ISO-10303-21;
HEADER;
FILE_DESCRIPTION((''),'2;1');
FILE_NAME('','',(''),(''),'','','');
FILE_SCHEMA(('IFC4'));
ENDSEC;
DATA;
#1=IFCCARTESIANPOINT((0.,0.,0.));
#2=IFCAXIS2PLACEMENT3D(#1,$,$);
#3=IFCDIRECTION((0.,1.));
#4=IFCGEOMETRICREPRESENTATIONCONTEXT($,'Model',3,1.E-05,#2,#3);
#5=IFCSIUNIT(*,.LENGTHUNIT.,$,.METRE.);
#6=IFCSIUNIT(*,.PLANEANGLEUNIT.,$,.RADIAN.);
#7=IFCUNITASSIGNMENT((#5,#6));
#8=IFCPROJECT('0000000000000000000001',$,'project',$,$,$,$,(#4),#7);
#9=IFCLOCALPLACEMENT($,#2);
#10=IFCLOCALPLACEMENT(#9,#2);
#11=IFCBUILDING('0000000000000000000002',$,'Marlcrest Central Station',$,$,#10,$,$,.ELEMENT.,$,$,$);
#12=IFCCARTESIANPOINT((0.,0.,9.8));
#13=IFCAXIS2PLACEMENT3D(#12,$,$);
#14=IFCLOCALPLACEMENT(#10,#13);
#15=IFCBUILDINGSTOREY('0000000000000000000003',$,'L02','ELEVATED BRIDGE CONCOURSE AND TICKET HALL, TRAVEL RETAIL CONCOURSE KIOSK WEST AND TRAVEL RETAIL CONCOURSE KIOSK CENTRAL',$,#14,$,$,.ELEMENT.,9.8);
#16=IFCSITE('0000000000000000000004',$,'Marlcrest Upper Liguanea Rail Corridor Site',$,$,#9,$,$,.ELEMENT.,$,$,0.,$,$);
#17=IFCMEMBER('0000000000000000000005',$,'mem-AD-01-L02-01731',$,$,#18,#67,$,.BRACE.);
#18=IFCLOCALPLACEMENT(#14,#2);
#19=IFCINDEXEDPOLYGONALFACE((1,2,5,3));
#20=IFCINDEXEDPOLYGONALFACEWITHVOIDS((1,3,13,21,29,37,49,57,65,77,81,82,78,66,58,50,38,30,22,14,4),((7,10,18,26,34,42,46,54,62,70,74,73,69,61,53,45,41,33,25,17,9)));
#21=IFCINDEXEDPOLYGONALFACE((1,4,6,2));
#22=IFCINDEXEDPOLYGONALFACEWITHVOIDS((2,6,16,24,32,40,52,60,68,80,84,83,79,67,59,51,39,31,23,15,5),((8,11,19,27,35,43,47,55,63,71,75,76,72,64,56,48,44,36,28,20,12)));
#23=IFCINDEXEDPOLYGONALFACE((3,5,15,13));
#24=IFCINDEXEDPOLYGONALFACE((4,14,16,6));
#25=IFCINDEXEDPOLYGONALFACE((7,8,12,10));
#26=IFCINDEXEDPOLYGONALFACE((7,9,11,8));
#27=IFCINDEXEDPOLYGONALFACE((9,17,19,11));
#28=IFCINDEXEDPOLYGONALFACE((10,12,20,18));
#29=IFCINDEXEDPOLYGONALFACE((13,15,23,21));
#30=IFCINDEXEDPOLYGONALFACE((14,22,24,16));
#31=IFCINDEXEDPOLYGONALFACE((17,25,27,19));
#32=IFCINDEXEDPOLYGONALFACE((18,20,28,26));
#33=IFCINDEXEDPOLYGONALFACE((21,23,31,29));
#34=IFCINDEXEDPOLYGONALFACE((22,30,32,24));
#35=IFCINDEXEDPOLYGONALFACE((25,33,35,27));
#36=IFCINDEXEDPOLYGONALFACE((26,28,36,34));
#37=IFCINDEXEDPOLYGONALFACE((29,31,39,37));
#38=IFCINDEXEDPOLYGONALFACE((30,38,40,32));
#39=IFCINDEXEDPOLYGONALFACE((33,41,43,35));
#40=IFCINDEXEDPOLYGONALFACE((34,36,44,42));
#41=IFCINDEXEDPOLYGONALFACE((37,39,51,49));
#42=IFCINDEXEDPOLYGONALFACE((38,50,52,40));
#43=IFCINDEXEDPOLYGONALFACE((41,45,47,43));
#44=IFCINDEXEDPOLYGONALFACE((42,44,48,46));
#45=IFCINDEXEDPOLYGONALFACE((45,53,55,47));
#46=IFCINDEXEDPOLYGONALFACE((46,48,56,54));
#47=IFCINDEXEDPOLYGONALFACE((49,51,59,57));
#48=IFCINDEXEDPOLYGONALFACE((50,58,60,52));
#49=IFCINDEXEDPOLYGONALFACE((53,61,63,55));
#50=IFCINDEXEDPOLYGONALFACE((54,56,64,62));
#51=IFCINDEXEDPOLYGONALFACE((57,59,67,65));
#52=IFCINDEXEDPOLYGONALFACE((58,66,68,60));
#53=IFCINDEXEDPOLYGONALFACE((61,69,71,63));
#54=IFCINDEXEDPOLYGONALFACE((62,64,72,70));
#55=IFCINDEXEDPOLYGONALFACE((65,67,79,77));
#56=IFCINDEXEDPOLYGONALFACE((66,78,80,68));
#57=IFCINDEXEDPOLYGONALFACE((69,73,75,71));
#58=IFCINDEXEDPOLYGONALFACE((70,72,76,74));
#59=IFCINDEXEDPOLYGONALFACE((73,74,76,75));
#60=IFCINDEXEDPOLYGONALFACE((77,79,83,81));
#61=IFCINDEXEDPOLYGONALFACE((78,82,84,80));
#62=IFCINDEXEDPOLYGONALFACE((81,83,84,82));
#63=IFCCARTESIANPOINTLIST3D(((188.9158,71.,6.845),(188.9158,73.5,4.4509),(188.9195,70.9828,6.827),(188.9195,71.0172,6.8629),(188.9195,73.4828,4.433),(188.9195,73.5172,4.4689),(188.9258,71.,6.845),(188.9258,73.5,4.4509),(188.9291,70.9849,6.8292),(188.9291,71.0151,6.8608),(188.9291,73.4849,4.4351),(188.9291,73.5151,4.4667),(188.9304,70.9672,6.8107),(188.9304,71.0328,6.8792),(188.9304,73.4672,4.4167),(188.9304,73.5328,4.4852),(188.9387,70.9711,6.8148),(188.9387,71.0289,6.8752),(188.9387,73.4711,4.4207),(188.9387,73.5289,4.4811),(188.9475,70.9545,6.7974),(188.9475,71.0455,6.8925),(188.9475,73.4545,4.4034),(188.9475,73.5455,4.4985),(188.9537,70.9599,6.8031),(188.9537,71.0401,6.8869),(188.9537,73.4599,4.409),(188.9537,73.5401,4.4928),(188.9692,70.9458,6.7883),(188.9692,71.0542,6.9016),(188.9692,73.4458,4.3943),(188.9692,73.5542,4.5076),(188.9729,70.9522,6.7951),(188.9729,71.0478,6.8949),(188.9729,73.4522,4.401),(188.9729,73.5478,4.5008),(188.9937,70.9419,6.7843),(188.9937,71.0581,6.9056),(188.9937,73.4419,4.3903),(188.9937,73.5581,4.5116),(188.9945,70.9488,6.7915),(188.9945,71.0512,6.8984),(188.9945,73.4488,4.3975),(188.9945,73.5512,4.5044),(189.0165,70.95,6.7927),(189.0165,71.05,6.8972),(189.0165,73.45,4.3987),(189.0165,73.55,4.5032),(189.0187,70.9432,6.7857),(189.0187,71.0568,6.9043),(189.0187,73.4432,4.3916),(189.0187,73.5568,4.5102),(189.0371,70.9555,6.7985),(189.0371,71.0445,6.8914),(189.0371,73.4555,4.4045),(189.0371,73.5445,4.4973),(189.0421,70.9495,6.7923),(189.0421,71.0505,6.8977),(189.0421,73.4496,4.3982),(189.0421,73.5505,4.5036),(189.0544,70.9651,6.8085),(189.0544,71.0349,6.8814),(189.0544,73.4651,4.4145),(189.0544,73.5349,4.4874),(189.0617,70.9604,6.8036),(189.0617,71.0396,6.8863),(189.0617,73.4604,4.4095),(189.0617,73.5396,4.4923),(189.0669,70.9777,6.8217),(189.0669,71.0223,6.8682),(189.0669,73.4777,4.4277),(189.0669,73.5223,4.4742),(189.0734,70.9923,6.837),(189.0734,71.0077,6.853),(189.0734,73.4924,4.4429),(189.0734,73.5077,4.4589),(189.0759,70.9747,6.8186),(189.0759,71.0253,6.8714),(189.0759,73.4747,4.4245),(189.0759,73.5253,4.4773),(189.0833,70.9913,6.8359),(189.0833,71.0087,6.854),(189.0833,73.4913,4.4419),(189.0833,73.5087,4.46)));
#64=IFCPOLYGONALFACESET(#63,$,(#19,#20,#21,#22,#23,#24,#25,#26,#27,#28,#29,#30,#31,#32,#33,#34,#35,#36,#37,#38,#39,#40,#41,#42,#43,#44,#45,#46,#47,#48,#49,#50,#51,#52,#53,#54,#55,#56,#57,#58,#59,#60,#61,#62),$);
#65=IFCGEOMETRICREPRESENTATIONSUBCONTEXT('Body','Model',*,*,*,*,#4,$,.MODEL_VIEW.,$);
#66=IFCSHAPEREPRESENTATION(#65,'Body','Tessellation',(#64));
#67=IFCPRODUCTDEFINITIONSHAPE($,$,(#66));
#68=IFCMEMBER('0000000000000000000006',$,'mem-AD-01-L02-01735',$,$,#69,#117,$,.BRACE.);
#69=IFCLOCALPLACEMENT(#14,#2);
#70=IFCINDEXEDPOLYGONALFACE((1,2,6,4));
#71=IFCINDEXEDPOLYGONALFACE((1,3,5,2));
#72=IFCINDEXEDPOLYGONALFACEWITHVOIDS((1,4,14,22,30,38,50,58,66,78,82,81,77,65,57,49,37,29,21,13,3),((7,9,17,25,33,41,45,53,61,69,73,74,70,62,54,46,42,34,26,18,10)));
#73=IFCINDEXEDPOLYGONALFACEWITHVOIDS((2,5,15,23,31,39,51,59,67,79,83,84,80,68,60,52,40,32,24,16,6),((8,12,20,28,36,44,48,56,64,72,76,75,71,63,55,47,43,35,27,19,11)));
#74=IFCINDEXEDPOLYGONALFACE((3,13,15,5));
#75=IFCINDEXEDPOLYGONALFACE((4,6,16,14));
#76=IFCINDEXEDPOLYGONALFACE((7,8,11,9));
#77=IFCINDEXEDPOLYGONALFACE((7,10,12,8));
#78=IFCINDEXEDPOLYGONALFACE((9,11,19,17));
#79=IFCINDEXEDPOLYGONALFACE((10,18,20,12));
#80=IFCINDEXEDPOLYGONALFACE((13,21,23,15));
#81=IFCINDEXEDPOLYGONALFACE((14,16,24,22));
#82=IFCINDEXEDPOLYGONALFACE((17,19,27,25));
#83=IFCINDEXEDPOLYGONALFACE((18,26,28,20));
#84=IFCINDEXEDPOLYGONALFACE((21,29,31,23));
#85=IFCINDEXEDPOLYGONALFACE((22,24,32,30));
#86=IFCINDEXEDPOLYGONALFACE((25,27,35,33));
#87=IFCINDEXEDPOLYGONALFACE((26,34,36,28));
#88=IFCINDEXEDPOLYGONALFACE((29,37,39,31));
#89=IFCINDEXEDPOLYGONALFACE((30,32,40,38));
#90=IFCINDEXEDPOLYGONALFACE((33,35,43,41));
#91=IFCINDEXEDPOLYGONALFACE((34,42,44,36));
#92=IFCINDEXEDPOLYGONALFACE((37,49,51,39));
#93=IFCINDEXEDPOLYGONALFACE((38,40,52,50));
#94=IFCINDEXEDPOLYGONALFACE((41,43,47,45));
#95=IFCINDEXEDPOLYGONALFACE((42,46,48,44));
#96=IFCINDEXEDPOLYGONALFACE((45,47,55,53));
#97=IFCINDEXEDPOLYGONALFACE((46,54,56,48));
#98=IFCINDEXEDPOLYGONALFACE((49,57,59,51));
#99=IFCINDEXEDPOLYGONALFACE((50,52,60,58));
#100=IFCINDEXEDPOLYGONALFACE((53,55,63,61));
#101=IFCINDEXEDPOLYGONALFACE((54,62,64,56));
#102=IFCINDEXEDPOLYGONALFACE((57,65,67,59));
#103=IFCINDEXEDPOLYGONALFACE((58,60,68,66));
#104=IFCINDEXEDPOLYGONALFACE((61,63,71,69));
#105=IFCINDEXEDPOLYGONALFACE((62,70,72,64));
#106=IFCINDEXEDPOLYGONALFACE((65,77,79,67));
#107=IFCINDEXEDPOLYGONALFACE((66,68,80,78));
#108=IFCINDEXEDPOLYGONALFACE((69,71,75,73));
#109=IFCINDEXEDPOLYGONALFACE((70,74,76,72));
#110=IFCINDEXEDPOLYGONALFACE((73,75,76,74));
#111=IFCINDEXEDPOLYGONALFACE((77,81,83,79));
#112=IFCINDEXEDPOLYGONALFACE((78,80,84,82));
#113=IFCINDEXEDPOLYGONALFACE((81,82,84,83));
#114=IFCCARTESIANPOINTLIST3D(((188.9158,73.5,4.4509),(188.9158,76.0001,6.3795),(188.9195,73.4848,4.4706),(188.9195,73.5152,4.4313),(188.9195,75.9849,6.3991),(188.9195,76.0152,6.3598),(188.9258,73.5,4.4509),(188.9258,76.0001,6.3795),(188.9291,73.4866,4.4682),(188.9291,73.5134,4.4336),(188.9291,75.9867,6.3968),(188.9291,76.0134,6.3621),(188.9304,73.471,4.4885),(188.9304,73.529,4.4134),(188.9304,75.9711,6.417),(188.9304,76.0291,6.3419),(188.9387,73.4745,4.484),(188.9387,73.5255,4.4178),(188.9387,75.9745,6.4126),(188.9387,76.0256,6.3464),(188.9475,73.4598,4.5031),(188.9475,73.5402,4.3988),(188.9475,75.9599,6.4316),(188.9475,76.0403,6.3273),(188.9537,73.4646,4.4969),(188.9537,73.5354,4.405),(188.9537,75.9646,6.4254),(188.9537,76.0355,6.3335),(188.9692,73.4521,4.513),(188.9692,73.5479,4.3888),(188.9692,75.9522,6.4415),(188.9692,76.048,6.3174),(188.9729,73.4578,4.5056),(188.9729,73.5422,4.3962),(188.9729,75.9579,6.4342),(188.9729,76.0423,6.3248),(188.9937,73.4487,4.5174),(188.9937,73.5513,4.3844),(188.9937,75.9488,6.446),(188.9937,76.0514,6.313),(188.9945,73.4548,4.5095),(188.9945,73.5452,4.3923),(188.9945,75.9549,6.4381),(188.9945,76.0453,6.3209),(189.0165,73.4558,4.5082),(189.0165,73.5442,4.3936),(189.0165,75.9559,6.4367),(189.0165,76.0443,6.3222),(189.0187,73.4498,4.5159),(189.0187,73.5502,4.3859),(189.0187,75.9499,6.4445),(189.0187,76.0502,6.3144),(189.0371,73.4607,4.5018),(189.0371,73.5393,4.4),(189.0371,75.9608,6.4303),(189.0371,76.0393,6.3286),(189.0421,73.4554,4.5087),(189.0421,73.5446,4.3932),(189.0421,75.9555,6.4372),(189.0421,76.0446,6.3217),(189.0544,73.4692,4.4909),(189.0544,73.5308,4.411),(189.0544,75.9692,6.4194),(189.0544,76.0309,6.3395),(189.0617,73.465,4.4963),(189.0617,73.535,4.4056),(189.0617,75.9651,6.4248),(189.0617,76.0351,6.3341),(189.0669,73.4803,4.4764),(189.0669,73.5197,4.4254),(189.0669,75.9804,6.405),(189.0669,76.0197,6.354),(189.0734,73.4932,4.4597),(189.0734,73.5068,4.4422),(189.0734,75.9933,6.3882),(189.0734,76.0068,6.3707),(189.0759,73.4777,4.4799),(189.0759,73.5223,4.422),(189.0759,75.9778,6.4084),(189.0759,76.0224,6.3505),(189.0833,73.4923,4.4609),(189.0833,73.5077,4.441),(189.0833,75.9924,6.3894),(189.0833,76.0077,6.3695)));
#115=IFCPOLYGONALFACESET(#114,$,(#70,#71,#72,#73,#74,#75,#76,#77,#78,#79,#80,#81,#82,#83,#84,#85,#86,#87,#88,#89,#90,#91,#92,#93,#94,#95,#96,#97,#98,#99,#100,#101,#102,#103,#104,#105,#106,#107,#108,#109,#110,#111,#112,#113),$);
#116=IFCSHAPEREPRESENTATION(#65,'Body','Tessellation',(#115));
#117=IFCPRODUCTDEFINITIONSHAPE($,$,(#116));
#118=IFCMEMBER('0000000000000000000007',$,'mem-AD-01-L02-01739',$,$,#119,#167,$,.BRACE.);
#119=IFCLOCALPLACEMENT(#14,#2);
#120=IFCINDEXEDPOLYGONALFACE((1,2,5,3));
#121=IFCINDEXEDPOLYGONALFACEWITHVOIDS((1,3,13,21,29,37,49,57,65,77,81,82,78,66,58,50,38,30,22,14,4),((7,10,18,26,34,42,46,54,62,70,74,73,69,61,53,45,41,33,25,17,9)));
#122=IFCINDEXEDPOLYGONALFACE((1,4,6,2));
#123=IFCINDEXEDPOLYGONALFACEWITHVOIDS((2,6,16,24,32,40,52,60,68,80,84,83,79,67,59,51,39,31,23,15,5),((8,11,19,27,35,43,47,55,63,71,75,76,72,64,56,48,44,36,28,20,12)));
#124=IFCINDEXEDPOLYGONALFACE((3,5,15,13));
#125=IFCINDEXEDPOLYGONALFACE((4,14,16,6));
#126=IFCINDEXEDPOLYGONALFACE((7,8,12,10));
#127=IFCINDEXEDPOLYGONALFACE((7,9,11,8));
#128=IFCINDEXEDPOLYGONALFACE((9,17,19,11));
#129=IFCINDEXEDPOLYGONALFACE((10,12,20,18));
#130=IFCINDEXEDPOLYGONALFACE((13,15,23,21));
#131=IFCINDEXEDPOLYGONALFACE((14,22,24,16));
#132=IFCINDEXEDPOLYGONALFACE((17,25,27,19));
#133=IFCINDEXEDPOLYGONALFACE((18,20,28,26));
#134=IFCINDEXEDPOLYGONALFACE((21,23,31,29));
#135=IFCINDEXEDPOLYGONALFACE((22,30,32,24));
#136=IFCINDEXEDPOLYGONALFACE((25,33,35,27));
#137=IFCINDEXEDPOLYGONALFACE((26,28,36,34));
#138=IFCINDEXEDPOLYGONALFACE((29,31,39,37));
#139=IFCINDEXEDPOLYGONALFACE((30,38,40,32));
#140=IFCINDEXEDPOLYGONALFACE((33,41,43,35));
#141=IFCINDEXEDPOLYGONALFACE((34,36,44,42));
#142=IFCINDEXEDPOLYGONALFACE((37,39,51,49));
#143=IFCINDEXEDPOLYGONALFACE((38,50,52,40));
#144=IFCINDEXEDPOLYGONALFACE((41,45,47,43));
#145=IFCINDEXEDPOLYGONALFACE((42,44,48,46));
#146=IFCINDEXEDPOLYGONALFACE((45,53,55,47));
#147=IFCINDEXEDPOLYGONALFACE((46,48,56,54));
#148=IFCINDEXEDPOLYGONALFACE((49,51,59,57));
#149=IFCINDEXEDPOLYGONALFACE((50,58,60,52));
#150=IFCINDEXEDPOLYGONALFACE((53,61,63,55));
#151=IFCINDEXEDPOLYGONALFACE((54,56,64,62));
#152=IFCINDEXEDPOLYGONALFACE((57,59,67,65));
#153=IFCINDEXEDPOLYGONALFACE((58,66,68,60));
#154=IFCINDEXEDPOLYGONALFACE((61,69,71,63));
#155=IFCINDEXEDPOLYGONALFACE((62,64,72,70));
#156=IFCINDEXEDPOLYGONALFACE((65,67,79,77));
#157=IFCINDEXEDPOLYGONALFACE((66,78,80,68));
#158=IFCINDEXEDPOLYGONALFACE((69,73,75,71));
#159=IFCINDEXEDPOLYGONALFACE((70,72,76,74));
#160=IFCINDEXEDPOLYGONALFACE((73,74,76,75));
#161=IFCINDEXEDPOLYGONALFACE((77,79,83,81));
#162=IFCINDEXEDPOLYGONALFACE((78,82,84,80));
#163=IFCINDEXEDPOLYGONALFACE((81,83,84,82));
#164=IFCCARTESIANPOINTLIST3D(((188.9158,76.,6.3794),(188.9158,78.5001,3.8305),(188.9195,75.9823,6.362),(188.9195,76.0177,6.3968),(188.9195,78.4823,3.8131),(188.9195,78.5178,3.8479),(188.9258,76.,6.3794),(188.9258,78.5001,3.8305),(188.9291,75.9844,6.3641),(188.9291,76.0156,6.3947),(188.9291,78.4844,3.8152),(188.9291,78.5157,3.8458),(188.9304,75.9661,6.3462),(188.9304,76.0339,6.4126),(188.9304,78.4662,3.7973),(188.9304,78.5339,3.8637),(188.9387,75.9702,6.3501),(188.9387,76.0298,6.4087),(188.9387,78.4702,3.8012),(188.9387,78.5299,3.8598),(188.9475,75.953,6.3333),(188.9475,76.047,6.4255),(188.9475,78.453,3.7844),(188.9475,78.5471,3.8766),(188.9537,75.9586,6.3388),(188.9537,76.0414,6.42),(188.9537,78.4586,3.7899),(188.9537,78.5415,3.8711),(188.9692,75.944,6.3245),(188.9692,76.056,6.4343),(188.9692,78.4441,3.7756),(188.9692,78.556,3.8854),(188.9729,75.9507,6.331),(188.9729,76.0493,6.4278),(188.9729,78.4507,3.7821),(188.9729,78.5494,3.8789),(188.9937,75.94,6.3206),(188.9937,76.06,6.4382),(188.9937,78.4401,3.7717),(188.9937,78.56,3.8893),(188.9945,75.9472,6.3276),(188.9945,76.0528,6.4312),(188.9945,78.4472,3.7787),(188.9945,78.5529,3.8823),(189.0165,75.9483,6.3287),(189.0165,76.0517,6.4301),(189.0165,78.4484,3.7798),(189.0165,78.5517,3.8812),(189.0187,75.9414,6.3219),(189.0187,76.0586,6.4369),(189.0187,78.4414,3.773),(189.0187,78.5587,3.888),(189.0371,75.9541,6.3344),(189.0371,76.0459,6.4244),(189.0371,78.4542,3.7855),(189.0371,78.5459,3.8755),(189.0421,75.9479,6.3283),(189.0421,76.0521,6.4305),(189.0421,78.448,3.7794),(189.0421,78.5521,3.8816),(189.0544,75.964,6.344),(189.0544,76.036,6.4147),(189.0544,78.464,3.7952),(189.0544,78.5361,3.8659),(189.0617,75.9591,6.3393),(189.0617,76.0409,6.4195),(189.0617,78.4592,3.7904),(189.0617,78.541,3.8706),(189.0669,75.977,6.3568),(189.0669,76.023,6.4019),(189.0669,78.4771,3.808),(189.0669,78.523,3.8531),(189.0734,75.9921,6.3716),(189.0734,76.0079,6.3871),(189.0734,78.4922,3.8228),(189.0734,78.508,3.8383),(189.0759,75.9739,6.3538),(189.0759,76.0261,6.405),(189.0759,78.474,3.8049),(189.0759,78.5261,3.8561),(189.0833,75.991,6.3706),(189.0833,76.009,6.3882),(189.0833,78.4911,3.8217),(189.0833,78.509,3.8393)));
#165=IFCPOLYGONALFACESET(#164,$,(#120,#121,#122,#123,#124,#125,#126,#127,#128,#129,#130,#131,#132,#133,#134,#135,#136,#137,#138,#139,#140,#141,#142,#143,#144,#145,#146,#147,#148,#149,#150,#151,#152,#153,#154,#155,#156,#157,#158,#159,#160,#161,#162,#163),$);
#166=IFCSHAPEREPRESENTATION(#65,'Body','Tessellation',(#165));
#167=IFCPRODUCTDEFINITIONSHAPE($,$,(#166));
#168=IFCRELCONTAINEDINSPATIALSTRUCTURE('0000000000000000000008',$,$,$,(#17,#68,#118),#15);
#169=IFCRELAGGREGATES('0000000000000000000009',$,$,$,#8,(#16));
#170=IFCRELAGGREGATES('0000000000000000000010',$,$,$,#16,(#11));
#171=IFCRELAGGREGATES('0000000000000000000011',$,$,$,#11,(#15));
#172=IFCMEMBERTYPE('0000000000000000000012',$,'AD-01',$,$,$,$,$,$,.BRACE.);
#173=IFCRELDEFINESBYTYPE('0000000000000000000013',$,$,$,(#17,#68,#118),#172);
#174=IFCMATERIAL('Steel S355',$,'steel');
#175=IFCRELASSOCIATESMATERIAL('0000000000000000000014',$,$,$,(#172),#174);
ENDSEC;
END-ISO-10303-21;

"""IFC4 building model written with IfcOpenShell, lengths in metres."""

from ifc_helpers import new_model, si_unit, direction, frame, origin, origin_2d, place, context, subcontext, project, spatial, hollow_circle, extrude, material, material_profile, profile_set, type_object, element, save


model = new_model("IFC4")

# Units and contexts
model_context = context("Model", 3, precision=1e-05, world=origin(), true_north=direction((0.0, 1.0)))
body_context = subcontext(model_context, "Body", "Model", "MODEL_VIEW")
ifc_project = project(units=[si_unit("LENGTHUNIT", "METRE"), si_unit("PLANEANGLEUNIT", "RADIAN")], contexts=[model_context])

# Site, building, storey
site_placement = place(None, origin())
site = spatial("IfcSite", under=ifc_project, at=site_placement, Name="Marlcrest Upper Liguanea Rail Corridor Site", CompositionType="ELEMENT", RefElevation=0.0)
building_placement = place(site_placement, origin())
building = spatial("IfcBuilding", under=site, at=building_placement, Name="Marlcrest Central Station", CompositionType="ELEMENT")
storey_placement = place(building_placement, frame((0.0, 0.0, 9.8)))
storey = spatial("IfcBuildingStorey", under=building, at=storey_placement, Name="L02", Description="ELEVATED BRIDGE CONCOURSE AND TICKET HALL, TRAVEL RETAIL CONCOURSE KIOSK WEST AND TRAVEL RETAIL CONCOURSE KIOSK CENTRAL", CompositionType="ELEMENT", Elevation=9.8)

# Members
ifc_material = material(Name="Steel S355", Category="steel")
ifc_material_profile_1 = material_profile(ifc_material, hollow_circle(Radius=0.0842, WallThickness=0.01, at=origin_2d()), Name="CHS 168.3x10")
ifc_profile_set_1 = profile_set([ifc_material_profile_1], Name="Steel S355")
member_type_1 = type_object("IfcMemberType", Name="AD-01", PredefinedType="BRACE", material=ifc_profile_set_1)
member_1_placement = place(storey_placement, frame((189.0, 71.0, 6.845), z_axis=(0.0, 0.722247, -0.691636), x_axis=(-1.0, 0.0, 0.0)))
element("IfcMember", 1, at=member_1_placement, inside=storey, type_object=member_type_1, Name="mem-AD-01-L02-01731", PredefinedType="BRACE", context=body_context, shape_type="SweptSolid", body=[
    extrude(hollow_circle(Radius=0.0842, WallThickness=0.01, at=origin_2d()), origin(), (0.0, 0.0, 1.0), 3.4614),
])
member_2_placement = place(storey_placement, frame((189.0, 73.5, 4.4509), z_axis=(0.0, 0.791798, 0.610783), x_axis=(-1.0, 0.0, 0.0)))
element("IfcMember", 2, at=member_2_placement, inside=storey, type_object=member_type_1, Name="mem-AD-01-L02-01735", PredefinedType="BRACE", context=body_context, shape_type="SweptSolid", body=[
    extrude(hollow_circle(Radius=0.0842, WallThickness=0.01, at=origin_2d()), origin(), (0.0, 0.0, 1.0), 3.1575),
])
member_3_placement = place(storey_placement, frame((189.0, 76.0, 6.3794), z_axis=(0.0, 0.700235, -0.713912), x_axis=(-1.0, 0.0, 0.0)))
element("IfcMember", 3, at=member_3_placement, inside=storey, type_object=member_type_1, Name="mem-AD-01-L02-01739", PredefinedType="BRACE", context=body_context, shape_type="SweptSolid", body=[
    extrude(hollow_circle(Radius=0.0842, WallThickness=0.01, at=origin_2d()), origin(), (0.0, 0.0, 1.0), 3.5703),
])

save(model, "model.ifc")
